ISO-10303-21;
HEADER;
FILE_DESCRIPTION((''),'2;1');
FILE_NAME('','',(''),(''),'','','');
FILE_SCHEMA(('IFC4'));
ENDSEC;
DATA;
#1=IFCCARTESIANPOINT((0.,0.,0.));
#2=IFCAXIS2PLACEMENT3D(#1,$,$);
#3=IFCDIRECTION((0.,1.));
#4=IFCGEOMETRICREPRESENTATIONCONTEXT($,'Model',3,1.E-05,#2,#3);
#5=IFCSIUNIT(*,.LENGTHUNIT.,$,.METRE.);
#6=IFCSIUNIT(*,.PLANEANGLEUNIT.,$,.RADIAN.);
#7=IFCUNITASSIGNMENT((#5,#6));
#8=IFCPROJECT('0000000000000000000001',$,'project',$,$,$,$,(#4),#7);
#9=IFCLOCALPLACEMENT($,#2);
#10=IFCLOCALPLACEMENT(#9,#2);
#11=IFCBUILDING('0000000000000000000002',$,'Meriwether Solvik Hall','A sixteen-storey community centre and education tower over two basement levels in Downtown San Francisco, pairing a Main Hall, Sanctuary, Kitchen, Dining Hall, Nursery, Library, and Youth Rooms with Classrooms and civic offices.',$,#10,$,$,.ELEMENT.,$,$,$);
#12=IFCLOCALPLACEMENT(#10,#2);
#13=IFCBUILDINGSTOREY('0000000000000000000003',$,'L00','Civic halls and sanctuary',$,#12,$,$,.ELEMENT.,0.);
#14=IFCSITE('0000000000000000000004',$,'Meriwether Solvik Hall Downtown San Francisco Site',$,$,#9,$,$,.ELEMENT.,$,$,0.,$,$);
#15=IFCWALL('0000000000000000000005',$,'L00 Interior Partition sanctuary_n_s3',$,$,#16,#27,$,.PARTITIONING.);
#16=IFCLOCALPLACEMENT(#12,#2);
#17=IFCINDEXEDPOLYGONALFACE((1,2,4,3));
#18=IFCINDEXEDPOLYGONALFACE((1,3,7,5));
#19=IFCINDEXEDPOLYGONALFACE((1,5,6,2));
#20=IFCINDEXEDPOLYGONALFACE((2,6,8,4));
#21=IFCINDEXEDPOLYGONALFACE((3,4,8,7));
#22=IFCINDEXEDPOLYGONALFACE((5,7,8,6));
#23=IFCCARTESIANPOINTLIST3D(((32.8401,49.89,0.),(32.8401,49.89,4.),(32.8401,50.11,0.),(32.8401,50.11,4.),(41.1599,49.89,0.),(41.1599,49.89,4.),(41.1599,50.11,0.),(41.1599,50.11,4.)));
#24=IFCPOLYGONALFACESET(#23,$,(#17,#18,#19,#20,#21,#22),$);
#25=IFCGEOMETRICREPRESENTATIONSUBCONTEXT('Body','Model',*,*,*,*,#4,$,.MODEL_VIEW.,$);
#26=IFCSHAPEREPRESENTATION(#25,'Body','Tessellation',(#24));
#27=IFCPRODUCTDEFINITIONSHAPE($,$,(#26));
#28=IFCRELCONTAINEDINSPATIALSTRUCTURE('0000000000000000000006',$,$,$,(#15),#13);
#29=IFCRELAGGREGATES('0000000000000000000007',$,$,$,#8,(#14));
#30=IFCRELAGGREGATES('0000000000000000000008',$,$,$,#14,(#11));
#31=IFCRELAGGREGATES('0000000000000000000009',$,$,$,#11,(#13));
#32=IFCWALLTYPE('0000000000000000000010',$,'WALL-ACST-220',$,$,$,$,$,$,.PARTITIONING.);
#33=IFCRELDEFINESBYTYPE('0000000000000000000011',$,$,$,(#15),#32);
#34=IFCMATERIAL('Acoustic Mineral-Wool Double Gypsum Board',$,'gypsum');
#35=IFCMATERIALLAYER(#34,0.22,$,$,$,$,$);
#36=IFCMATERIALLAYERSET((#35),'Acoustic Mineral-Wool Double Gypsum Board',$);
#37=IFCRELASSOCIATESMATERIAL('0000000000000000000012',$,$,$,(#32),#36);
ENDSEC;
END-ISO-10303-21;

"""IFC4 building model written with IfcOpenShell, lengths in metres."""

from ifc_helpers import new_model, si_unit, direction, frame, frame_2d, origin, place, context, subcontext, project, spatial, rectangle, extrude, material, layer, layer_set, type_object, element, save


model = new_model("IFC4")

# Units and contexts
model_context = context("Model", 3, precision=1e-05, world=origin(), true_north=direction((0.0, 1.0)))
body_context = subcontext(model_context, "Body", "Model", "MODEL_VIEW")
ifc_project = project(units=[si_unit("LENGTHUNIT", "METRE"), si_unit("PLANEANGLEUNIT", "RADIAN")], contexts=[model_context])

# Site, building, storey
site_placement = place(None, origin())
site = spatial("IfcSite", under=ifc_project, at=site_placement, Name="Meriwether Solvik Hall Downtown San Francisco Site", CompositionType="ELEMENT", RefElevation=0.0)
building_placement = place(site_placement, origin())
building = spatial("IfcBuilding", under=site, at=building_placement, Name="Meriwether Solvik Hall", Description="A sixteen-storey community centre and education tower over two basement levels in Downtown San Francisco, pairing a Main Hall, Sanctuary, Kitchen, Dining Hall, Nursery, Library, and Youth Rooms with Classrooms and civic offices.", CompositionType="ELEMENT")
storey_placement = place(building_placement, origin())
storey = spatial("IfcBuildingStorey", under=building, at=storey_placement, Name="L00", Description="Civic halls and sanctuary", CompositionType="ELEMENT", Elevation=0.0)

# Shared definitions
ifc_material_1 = material(Name="Acoustic Mineral-Wool Double Gypsum Board", Category="gypsum")
ifc_layer = layer(ifc_material_1, 0.22)
ifc_layer_set = layer_set([ifc_layer], Name="Acoustic Mineral-Wool Double Gypsum Board")
wall_type = type_object("IfcWallType", Name="WALL-ACST-220", PredefinedType="PARTITIONING", material=ifc_layer_set)

# Wall
wall_1_placement = place(storey_placement, frame((32.8401, 50.0, 0.0), z_axis=(0.0, 0.0, 1.0), x_axis=(1.0, 0.0, 0.0)))
element("IfcWall", 1, at=wall_1_placement, inside=storey, type_object=wall_type, Name="L00 Interior Partition sanctuary_n_s3", PredefinedType="PARTITIONING", context=body_context, shape_type="SweptSolid", body=[
    extrude(rectangle(XDim=8.3198, YDim=0.22, at=frame_2d((4.1599, 0.0))), origin(), (0.0, 0.0, 1.0), 4.0),
])

save(model, "model.ifc")
